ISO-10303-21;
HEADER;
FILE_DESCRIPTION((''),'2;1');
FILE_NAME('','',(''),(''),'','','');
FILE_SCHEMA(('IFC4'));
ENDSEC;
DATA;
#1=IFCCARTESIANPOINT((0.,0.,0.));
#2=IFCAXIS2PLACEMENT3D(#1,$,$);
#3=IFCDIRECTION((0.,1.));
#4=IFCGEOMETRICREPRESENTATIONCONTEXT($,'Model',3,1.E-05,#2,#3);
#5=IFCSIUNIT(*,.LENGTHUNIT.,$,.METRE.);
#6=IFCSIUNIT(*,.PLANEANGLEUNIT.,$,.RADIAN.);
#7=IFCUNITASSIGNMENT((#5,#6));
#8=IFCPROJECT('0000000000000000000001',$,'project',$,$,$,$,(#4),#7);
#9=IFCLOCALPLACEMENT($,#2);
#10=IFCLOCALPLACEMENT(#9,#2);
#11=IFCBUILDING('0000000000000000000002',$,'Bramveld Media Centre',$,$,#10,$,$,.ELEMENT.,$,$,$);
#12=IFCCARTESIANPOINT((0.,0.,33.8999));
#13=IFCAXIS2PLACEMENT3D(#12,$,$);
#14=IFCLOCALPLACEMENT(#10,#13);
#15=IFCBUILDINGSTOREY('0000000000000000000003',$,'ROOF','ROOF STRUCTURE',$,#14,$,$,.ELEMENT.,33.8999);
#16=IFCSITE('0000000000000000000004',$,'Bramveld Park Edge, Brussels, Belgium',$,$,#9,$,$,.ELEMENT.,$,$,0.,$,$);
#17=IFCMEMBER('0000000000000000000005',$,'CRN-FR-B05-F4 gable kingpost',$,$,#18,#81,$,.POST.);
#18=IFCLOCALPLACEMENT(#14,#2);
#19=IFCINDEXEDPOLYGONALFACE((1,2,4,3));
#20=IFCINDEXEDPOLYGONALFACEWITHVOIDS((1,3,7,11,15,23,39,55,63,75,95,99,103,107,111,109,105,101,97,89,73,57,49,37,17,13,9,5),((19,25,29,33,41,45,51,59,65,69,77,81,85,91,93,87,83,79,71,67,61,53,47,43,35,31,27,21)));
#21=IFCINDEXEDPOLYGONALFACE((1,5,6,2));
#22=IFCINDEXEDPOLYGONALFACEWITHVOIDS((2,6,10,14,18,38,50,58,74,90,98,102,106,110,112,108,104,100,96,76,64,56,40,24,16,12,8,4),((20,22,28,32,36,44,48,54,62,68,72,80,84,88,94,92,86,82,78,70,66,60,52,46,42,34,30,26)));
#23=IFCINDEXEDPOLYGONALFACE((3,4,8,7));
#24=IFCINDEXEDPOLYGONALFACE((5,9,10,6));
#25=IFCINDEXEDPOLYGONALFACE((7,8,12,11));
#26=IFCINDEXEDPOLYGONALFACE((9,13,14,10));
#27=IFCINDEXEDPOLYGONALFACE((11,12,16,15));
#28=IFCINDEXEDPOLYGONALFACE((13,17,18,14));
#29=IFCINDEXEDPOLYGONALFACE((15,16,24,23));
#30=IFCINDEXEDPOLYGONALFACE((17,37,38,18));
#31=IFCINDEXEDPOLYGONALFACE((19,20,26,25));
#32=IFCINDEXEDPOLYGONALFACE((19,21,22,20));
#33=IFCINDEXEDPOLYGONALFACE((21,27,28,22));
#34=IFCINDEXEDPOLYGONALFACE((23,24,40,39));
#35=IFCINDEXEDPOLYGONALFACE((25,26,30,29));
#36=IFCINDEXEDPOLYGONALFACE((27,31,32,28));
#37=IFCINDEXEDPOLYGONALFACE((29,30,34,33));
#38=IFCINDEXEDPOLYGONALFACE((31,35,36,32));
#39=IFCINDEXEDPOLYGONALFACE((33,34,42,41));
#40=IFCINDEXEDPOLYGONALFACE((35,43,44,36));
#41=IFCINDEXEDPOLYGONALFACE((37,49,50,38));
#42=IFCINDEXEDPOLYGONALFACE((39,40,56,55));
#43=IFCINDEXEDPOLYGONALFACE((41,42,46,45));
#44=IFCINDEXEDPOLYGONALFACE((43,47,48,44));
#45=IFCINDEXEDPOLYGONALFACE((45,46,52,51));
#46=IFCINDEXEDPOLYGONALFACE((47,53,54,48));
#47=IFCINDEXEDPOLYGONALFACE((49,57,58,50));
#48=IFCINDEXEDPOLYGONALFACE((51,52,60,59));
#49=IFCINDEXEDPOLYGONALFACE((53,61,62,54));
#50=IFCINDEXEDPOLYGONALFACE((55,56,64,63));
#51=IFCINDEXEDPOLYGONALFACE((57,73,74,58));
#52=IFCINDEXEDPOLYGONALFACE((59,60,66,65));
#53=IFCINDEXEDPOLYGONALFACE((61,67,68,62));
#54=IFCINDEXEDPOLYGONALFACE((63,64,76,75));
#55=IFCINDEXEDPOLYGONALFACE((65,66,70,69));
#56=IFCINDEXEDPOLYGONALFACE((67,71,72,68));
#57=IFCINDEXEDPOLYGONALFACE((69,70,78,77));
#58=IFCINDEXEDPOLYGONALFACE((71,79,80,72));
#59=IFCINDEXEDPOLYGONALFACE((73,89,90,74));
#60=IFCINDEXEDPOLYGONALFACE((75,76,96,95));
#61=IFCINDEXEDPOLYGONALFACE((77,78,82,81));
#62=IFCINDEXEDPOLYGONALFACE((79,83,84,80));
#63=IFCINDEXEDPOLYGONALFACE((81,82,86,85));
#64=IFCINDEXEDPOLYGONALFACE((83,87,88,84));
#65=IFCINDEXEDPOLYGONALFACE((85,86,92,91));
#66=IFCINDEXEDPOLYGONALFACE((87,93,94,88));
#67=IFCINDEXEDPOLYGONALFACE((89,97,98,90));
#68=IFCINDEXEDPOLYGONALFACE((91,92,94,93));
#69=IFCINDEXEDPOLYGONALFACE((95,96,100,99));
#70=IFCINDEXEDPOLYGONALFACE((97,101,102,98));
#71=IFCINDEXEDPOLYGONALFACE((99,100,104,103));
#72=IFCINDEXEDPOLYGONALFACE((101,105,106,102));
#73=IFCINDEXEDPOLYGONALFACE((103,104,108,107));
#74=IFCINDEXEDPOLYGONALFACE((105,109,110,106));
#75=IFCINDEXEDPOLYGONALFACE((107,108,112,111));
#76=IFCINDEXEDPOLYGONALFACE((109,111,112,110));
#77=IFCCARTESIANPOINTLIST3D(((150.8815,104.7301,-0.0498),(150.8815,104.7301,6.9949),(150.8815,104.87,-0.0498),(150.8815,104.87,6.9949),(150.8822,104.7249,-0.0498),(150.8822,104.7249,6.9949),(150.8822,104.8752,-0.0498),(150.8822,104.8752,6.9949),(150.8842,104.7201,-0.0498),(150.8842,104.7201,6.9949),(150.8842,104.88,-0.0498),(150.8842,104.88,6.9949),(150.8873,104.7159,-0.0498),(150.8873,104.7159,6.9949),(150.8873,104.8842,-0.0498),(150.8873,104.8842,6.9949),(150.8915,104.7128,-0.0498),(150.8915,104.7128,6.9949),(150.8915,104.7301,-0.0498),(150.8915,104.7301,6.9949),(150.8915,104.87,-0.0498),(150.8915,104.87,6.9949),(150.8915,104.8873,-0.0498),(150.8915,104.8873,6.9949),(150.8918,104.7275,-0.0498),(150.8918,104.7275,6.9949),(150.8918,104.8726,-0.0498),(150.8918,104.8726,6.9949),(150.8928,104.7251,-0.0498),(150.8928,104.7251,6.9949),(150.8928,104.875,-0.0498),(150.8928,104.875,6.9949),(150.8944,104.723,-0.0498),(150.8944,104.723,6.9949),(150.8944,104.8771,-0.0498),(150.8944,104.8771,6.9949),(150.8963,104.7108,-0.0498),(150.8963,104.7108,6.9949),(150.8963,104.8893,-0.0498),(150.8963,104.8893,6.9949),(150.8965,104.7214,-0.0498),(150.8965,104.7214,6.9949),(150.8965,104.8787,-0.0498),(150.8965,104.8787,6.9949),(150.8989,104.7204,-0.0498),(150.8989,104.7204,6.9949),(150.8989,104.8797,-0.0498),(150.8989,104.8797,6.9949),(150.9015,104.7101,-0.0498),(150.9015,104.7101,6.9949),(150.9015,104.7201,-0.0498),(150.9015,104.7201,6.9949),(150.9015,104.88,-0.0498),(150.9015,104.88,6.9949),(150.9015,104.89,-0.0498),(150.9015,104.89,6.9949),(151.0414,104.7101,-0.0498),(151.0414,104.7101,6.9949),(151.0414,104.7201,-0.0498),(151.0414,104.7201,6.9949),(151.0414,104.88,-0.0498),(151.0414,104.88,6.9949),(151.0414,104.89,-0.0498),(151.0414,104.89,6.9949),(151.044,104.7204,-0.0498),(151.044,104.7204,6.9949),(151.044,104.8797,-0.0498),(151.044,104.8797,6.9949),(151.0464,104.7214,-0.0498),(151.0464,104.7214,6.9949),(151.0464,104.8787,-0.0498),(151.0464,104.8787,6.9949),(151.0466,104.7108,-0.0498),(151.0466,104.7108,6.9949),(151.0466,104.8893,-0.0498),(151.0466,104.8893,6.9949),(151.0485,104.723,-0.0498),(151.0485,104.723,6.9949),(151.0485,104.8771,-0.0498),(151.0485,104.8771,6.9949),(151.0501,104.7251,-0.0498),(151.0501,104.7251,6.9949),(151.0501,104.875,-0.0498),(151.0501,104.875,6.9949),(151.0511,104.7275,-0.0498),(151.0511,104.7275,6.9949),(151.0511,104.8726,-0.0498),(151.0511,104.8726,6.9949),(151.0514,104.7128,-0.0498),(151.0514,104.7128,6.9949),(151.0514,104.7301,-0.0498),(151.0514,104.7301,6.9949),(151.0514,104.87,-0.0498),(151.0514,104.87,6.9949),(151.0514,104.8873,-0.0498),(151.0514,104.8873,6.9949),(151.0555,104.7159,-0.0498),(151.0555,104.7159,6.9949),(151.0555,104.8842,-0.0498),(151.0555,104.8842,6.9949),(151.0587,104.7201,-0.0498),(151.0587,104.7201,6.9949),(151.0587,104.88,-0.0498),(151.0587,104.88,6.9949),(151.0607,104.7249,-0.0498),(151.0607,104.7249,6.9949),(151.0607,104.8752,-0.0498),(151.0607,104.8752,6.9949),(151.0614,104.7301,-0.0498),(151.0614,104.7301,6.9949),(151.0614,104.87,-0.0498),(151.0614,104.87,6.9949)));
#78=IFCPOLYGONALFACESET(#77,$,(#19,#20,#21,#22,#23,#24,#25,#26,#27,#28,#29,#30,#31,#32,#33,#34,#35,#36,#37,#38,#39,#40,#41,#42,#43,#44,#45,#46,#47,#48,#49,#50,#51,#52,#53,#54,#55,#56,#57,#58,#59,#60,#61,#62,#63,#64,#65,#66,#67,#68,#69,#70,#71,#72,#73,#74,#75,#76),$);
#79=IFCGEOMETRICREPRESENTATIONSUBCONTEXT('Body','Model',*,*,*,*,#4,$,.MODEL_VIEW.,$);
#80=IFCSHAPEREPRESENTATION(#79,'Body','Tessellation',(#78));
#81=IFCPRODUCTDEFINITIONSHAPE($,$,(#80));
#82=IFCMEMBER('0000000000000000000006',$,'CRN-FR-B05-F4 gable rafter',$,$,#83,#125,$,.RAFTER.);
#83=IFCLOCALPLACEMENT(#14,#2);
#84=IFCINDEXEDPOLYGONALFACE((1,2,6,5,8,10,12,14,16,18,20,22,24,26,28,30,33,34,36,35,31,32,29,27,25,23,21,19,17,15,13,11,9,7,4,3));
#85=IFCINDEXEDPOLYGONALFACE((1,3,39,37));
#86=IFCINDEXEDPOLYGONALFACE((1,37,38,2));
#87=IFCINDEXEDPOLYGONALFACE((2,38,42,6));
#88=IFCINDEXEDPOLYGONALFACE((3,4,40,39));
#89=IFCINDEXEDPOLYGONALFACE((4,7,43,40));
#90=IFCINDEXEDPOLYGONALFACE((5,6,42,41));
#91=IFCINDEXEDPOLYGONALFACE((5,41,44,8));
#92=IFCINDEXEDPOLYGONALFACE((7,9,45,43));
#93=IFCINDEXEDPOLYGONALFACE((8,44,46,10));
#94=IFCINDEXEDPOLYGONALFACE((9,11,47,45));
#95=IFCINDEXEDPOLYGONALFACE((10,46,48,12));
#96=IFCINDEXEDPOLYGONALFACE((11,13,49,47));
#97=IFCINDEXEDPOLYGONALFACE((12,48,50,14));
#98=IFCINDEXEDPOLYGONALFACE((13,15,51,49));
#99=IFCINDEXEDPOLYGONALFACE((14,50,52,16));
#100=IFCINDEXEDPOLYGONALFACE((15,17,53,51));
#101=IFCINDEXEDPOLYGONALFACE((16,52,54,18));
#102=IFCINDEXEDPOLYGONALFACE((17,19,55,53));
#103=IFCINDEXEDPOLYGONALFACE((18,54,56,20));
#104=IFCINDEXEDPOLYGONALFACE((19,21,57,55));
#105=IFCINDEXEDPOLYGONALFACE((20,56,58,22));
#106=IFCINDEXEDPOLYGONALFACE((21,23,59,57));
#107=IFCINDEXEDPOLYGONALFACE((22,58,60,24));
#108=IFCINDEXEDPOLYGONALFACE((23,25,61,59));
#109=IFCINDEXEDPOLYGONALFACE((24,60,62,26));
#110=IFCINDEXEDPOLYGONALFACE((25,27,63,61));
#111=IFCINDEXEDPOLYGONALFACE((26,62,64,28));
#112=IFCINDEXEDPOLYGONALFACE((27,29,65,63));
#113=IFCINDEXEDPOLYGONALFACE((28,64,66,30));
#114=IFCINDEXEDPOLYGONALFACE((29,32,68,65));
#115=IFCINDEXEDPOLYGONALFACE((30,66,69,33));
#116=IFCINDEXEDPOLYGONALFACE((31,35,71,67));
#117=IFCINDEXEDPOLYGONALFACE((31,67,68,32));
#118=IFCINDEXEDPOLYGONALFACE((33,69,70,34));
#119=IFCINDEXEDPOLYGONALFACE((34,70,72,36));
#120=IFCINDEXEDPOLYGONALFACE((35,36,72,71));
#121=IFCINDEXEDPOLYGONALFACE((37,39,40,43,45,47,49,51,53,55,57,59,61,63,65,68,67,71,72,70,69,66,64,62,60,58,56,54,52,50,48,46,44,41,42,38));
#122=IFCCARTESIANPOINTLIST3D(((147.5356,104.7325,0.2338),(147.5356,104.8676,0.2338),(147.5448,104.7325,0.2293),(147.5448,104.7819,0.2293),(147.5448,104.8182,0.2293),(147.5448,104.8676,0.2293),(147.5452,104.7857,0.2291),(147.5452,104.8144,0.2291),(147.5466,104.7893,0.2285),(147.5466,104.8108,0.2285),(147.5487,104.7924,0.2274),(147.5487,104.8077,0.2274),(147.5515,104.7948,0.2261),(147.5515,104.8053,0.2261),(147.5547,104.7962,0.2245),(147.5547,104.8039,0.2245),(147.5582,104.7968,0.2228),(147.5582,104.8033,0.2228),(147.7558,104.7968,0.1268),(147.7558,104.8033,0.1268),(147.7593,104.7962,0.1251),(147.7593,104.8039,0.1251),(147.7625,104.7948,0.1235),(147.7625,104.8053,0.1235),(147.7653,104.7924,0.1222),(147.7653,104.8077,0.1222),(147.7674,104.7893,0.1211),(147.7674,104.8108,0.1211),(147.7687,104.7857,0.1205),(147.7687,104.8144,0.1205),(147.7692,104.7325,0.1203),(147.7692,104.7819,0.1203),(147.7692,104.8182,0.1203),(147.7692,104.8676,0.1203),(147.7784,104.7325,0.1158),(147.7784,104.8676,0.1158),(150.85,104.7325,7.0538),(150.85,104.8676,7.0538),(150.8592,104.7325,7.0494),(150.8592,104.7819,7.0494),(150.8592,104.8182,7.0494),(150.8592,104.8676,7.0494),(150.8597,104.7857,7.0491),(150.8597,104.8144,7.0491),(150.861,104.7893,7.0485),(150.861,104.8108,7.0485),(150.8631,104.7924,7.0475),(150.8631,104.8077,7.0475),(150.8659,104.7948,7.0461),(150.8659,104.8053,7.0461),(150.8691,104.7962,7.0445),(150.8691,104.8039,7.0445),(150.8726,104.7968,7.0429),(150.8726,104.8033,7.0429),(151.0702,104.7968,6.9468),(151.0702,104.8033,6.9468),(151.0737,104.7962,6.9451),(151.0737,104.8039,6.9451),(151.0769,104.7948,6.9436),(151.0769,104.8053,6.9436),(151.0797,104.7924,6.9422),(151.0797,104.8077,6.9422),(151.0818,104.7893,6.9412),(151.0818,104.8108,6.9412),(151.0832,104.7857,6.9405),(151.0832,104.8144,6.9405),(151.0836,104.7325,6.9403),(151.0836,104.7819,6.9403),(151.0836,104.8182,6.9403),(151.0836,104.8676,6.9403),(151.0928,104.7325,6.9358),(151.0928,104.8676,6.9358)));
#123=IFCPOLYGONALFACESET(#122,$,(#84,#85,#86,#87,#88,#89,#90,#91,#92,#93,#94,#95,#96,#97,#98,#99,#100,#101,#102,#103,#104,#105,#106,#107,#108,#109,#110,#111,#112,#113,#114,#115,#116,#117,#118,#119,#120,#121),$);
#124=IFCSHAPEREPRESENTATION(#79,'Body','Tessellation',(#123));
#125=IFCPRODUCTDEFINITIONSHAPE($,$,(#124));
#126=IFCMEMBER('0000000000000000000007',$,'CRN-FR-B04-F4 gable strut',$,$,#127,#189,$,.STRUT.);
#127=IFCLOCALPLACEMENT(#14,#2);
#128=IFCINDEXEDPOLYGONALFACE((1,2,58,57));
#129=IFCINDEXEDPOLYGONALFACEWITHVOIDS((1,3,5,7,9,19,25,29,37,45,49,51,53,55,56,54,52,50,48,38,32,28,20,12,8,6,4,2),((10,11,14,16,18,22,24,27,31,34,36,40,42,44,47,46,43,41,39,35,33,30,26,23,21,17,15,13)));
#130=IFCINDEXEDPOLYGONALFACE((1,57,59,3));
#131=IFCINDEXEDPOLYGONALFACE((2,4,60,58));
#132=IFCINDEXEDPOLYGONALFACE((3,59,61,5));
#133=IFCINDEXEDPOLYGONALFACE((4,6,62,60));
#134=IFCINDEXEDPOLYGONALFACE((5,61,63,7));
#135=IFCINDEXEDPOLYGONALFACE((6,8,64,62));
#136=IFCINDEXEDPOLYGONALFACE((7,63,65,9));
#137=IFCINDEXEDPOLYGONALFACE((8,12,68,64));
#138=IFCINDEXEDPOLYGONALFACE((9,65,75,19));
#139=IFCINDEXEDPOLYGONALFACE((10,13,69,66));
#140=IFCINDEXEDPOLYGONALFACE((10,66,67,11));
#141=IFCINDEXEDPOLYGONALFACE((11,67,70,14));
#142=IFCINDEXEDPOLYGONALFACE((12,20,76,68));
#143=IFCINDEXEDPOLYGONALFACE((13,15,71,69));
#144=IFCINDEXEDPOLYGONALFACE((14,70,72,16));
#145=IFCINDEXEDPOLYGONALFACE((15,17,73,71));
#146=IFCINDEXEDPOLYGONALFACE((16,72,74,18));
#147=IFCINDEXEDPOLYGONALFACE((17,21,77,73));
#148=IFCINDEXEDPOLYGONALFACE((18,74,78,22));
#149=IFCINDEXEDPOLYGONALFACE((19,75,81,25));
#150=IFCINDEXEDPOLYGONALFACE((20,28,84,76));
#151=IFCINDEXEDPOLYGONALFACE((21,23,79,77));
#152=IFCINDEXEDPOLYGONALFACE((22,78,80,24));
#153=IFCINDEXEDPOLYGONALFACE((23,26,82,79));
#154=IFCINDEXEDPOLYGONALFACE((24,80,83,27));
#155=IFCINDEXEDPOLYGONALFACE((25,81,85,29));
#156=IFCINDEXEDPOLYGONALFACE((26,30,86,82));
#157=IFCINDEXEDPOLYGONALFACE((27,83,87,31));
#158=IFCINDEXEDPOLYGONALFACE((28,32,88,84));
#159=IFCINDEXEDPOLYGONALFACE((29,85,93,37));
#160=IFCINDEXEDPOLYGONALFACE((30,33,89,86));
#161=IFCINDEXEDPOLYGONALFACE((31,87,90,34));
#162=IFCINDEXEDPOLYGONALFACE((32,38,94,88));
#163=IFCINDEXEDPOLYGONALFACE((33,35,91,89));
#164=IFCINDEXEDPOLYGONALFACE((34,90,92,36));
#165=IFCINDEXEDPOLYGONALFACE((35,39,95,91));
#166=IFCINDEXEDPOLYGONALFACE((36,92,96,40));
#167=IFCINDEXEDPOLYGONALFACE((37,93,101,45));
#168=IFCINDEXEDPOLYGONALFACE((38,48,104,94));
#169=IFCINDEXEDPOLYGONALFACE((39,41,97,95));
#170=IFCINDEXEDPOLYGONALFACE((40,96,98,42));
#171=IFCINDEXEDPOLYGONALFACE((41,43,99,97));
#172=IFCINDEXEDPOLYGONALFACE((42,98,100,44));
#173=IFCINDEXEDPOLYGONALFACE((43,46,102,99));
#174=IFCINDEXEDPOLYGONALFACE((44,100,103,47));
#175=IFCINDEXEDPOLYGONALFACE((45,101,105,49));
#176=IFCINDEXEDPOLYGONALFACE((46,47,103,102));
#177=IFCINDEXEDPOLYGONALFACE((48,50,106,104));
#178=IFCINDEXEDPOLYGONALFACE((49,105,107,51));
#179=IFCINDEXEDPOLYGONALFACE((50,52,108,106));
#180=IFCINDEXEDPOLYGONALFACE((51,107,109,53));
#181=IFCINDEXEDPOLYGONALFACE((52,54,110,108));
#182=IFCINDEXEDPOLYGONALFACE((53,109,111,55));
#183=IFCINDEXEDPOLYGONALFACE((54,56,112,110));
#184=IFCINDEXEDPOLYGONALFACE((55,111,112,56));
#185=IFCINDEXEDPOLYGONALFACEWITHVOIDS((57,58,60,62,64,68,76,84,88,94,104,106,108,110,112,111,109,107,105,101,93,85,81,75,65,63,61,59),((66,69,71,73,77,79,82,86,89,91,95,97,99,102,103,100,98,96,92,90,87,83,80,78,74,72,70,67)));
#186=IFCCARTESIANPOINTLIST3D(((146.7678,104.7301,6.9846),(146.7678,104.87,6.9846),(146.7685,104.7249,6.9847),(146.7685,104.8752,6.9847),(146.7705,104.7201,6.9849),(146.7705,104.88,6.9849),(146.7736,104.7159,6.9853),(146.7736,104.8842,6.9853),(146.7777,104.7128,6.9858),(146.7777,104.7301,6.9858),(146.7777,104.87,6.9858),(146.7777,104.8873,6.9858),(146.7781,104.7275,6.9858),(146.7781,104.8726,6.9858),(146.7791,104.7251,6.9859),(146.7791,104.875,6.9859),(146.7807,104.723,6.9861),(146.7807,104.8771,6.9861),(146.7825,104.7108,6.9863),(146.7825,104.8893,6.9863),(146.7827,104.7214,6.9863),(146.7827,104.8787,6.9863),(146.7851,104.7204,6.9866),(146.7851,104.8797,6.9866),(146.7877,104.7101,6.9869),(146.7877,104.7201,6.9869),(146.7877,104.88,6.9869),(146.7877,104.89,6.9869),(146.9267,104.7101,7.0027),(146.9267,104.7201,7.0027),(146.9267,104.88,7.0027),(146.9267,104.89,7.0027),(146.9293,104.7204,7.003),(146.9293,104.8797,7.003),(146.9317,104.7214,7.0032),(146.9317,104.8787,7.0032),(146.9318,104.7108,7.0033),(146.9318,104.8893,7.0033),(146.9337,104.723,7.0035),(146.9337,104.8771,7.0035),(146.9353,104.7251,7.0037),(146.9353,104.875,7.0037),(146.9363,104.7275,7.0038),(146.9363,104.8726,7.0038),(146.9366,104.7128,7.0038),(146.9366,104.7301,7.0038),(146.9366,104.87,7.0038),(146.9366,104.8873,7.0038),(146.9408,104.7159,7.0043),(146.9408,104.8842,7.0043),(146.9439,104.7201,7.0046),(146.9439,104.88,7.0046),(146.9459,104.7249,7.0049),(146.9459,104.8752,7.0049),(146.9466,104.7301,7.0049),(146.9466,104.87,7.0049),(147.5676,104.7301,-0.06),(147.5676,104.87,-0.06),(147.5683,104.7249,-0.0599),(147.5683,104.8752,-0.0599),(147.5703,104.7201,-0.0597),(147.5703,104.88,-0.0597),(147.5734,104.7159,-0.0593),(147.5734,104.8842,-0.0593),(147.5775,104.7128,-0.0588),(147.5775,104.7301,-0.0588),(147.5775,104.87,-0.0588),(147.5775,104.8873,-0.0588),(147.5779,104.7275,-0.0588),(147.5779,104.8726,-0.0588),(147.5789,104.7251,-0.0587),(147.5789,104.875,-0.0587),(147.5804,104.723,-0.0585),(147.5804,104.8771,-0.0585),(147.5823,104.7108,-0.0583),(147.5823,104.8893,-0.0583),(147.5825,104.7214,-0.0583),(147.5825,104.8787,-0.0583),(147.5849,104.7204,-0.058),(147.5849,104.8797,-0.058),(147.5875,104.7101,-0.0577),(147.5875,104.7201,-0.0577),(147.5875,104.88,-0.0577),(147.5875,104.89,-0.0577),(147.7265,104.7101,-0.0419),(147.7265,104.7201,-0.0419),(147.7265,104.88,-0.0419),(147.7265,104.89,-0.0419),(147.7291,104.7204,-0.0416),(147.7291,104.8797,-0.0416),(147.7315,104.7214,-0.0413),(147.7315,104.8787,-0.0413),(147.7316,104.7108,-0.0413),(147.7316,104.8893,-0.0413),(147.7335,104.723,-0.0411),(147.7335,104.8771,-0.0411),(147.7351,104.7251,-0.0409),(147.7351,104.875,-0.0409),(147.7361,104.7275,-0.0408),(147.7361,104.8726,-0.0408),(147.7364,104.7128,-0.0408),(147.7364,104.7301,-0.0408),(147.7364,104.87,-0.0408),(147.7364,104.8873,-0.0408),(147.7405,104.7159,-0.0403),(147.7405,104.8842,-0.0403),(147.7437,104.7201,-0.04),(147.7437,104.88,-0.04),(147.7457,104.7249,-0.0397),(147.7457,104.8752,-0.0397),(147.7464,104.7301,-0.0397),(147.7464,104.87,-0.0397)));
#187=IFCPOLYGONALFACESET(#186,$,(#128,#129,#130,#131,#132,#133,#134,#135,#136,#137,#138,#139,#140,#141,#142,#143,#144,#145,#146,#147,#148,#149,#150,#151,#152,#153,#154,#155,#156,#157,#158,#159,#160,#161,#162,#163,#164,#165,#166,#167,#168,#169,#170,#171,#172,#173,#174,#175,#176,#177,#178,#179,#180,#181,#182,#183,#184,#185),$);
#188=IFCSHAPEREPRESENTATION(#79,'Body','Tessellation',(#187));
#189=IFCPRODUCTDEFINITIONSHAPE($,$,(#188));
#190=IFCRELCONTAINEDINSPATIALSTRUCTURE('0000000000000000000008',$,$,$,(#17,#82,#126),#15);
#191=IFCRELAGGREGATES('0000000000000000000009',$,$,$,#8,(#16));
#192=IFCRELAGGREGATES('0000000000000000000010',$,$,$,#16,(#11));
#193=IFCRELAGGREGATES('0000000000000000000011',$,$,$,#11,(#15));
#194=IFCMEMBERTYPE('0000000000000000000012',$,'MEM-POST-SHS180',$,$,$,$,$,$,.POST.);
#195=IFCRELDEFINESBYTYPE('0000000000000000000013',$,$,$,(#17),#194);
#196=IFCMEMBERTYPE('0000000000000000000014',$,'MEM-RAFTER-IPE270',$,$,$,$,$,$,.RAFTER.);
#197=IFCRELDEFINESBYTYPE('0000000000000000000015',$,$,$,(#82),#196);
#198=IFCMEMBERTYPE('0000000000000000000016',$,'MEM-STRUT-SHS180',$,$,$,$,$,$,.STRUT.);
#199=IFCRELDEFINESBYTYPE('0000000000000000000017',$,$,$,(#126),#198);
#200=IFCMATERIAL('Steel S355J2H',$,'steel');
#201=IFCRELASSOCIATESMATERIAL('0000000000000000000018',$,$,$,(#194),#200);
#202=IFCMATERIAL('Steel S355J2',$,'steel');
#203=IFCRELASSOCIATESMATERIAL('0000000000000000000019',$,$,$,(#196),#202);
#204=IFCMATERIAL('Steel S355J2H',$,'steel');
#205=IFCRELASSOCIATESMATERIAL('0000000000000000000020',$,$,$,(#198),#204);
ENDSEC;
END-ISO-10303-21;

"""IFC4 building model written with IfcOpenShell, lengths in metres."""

from ifc_helpers import new_model, si_unit, direction, frame, origin, origin_2d, place, context, subcontext, project, spatial, hollow_rectangle, i_section, extrude, material, material_profile, profile_set, type_object, element, save


model = new_model("IFC4")

# Units and contexts
model_context = context("Model", 3, precision=1e-05, world=origin(), true_north=direction((0.0, 1.0)))
body_context = subcontext(model_context, "Body", "Model", "MODEL_VIEW")
ifc_project = project(units=[si_unit("LENGTHUNIT", "METRE"), si_unit("PLANEANGLEUNIT", "RADIAN")], contexts=[model_context])

# Site, building, storey
site_placement = place(None, origin())
site = spatial("IfcSite", under=ifc_project, at=site_placement, Name="Bramveld Park Edge, Brussels, Belgium", CompositionType="ELEMENT", RefElevation=0.0)
building_placement = place(site_placement, origin())
building = spatial("IfcBuilding", under=site, at=building_placement, Name="Bramveld Media Centre", CompositionType="ELEMENT")
storey_placement = place(building_placement, frame((0.0, 0.0, 33.8999)))
storey = spatial("IfcBuildingStorey", under=building, at=storey_placement, Name="ROOF", Description="ROOF STRUCTURE", CompositionType="ELEMENT", Elevation=33.8999)

# Members
ifc_material_1 = material(Name="Steel S355J2H", Category="steel")
ifc_material_profile_1 = material_profile(ifc_material_1, hollow_rectangle(XDim=0.1799, YDim=0.1799, WallThickness=0.01, InnerFilletRadius=0.01, OuterFilletRadius=0.02, at=origin_2d()), Name="SHS 180x180x10")
ifc_profile_set_1 = profile_set([ifc_material_profile_1], Name="Steel S355J2H")
member_type_1 = type_object("IfcMemberType", Name="MEM-POST-SHS180", PredefinedType="POST", material=ifc_profile_set_1)
member_1_placement = place(storey_placement, frame((150.9714, 104.8, -0.0498), z_axis=(0.0, 0.0, 1.0), x_axis=(1.0, 0.0, 0.0)))
element("IfcMember", 1, at=member_1_placement, inside=storey, type_object=member_type_1, Name="CRN-FR-B05-F4 gable kingpost", PredefinedType="POST", context=body_context, shape_type="SweptSolid", body=[
    extrude(hollow_rectangle(XDim=0.1799, YDim=0.1799, WallThickness=0.01, InnerFilletRadius=0.01, OuterFilletRadius=0.02, at=origin_2d()), origin(), (0.0, 0.0, 1.0), 7.0447),
])
ifc_material_2 = material(Name="Steel S355J2", Category="steel")
ifc_material_profile_2 = material_profile(ifc_material_2, i_section(OverallWidth=0.135, OverallDepth=0.27, WebThickness=0.0066, FlangeThickness=0.0103, FilletRadius=0.0149, at=origin_2d()), Name="IPE 270")
ifc_profile_set_2 = profile_set([ifc_material_profile_2], Name="Steel S355J2")
member_type_2 = type_object("IfcMemberType", Name="MEM-RAFTER-IPE270", PredefinedType="RAFTER", material=ifc_profile_set_2)
member_2_placement = place(storey_placement, frame((147.657, 104.8, 0.1748), z_axis=(0.437101, 0.0, 0.899412), x_axis=(0.0, 1.0, 0.0)))
element("IfcMember", 2, at=member_2_placement, inside=storey, type_object=member_type_2, Name="CRN-FR-B05-F4 gable rafter", PredefinedType="RAFTER", context=body_context, shape_type="SweptSolid", body=[
    extrude(i_section(OverallWidth=0.135, OverallDepth=0.27, WebThickness=0.0066, FlangeThickness=0.0103, FilletRadius=0.0149, at=origin_2d()), origin(), (0.0, 0.0, 1.0), 7.5828),
])
ifc_material_3 = material(Name="Steel S355J2H", Category="steel")
ifc_material_profile_3 = material_profile(ifc_material_3, hollow_rectangle(XDim=0.1799, YDim=0.1799, WallThickness=0.01, InnerFilletRadius=0.01, OuterFilletRadius=0.02, at=origin_2d()), Name="SHS 180x180x10")
ifc_profile_set_3 = profile_set([ifc_material_profile_3], Name="Steel S355J2H")
member_type_3 = type_object("IfcMemberType", Name="MEM-STRUT-SHS180", PredefinedType="STRUT", material=ifc_profile_set_3)
member_3_placement = place(storey_placement, frame((147.657, 104.8, -0.0498), z_axis=(-0.112808, 0.0, 0.993617), x_axis=(0.0, -1.0, 0.0)))
element("IfcMember", 3, at=member_3_placement, inside=storey, type_object=member_type_3, Name="CRN-FR-B04-F4 gable strut", PredefinedType="STRUT", context=body_context, shape_type="SweptSolid", body=[
    extrude(hollow_rectangle(XDim=0.1799, YDim=0.1799, WallThickness=0.01, InnerFilletRadius=0.01, OuterFilletRadius=0.02, at=origin_2d()), origin(), (0.0, 0.0, 1.0), 7.0898),
])

save(model, "model.ifc")
